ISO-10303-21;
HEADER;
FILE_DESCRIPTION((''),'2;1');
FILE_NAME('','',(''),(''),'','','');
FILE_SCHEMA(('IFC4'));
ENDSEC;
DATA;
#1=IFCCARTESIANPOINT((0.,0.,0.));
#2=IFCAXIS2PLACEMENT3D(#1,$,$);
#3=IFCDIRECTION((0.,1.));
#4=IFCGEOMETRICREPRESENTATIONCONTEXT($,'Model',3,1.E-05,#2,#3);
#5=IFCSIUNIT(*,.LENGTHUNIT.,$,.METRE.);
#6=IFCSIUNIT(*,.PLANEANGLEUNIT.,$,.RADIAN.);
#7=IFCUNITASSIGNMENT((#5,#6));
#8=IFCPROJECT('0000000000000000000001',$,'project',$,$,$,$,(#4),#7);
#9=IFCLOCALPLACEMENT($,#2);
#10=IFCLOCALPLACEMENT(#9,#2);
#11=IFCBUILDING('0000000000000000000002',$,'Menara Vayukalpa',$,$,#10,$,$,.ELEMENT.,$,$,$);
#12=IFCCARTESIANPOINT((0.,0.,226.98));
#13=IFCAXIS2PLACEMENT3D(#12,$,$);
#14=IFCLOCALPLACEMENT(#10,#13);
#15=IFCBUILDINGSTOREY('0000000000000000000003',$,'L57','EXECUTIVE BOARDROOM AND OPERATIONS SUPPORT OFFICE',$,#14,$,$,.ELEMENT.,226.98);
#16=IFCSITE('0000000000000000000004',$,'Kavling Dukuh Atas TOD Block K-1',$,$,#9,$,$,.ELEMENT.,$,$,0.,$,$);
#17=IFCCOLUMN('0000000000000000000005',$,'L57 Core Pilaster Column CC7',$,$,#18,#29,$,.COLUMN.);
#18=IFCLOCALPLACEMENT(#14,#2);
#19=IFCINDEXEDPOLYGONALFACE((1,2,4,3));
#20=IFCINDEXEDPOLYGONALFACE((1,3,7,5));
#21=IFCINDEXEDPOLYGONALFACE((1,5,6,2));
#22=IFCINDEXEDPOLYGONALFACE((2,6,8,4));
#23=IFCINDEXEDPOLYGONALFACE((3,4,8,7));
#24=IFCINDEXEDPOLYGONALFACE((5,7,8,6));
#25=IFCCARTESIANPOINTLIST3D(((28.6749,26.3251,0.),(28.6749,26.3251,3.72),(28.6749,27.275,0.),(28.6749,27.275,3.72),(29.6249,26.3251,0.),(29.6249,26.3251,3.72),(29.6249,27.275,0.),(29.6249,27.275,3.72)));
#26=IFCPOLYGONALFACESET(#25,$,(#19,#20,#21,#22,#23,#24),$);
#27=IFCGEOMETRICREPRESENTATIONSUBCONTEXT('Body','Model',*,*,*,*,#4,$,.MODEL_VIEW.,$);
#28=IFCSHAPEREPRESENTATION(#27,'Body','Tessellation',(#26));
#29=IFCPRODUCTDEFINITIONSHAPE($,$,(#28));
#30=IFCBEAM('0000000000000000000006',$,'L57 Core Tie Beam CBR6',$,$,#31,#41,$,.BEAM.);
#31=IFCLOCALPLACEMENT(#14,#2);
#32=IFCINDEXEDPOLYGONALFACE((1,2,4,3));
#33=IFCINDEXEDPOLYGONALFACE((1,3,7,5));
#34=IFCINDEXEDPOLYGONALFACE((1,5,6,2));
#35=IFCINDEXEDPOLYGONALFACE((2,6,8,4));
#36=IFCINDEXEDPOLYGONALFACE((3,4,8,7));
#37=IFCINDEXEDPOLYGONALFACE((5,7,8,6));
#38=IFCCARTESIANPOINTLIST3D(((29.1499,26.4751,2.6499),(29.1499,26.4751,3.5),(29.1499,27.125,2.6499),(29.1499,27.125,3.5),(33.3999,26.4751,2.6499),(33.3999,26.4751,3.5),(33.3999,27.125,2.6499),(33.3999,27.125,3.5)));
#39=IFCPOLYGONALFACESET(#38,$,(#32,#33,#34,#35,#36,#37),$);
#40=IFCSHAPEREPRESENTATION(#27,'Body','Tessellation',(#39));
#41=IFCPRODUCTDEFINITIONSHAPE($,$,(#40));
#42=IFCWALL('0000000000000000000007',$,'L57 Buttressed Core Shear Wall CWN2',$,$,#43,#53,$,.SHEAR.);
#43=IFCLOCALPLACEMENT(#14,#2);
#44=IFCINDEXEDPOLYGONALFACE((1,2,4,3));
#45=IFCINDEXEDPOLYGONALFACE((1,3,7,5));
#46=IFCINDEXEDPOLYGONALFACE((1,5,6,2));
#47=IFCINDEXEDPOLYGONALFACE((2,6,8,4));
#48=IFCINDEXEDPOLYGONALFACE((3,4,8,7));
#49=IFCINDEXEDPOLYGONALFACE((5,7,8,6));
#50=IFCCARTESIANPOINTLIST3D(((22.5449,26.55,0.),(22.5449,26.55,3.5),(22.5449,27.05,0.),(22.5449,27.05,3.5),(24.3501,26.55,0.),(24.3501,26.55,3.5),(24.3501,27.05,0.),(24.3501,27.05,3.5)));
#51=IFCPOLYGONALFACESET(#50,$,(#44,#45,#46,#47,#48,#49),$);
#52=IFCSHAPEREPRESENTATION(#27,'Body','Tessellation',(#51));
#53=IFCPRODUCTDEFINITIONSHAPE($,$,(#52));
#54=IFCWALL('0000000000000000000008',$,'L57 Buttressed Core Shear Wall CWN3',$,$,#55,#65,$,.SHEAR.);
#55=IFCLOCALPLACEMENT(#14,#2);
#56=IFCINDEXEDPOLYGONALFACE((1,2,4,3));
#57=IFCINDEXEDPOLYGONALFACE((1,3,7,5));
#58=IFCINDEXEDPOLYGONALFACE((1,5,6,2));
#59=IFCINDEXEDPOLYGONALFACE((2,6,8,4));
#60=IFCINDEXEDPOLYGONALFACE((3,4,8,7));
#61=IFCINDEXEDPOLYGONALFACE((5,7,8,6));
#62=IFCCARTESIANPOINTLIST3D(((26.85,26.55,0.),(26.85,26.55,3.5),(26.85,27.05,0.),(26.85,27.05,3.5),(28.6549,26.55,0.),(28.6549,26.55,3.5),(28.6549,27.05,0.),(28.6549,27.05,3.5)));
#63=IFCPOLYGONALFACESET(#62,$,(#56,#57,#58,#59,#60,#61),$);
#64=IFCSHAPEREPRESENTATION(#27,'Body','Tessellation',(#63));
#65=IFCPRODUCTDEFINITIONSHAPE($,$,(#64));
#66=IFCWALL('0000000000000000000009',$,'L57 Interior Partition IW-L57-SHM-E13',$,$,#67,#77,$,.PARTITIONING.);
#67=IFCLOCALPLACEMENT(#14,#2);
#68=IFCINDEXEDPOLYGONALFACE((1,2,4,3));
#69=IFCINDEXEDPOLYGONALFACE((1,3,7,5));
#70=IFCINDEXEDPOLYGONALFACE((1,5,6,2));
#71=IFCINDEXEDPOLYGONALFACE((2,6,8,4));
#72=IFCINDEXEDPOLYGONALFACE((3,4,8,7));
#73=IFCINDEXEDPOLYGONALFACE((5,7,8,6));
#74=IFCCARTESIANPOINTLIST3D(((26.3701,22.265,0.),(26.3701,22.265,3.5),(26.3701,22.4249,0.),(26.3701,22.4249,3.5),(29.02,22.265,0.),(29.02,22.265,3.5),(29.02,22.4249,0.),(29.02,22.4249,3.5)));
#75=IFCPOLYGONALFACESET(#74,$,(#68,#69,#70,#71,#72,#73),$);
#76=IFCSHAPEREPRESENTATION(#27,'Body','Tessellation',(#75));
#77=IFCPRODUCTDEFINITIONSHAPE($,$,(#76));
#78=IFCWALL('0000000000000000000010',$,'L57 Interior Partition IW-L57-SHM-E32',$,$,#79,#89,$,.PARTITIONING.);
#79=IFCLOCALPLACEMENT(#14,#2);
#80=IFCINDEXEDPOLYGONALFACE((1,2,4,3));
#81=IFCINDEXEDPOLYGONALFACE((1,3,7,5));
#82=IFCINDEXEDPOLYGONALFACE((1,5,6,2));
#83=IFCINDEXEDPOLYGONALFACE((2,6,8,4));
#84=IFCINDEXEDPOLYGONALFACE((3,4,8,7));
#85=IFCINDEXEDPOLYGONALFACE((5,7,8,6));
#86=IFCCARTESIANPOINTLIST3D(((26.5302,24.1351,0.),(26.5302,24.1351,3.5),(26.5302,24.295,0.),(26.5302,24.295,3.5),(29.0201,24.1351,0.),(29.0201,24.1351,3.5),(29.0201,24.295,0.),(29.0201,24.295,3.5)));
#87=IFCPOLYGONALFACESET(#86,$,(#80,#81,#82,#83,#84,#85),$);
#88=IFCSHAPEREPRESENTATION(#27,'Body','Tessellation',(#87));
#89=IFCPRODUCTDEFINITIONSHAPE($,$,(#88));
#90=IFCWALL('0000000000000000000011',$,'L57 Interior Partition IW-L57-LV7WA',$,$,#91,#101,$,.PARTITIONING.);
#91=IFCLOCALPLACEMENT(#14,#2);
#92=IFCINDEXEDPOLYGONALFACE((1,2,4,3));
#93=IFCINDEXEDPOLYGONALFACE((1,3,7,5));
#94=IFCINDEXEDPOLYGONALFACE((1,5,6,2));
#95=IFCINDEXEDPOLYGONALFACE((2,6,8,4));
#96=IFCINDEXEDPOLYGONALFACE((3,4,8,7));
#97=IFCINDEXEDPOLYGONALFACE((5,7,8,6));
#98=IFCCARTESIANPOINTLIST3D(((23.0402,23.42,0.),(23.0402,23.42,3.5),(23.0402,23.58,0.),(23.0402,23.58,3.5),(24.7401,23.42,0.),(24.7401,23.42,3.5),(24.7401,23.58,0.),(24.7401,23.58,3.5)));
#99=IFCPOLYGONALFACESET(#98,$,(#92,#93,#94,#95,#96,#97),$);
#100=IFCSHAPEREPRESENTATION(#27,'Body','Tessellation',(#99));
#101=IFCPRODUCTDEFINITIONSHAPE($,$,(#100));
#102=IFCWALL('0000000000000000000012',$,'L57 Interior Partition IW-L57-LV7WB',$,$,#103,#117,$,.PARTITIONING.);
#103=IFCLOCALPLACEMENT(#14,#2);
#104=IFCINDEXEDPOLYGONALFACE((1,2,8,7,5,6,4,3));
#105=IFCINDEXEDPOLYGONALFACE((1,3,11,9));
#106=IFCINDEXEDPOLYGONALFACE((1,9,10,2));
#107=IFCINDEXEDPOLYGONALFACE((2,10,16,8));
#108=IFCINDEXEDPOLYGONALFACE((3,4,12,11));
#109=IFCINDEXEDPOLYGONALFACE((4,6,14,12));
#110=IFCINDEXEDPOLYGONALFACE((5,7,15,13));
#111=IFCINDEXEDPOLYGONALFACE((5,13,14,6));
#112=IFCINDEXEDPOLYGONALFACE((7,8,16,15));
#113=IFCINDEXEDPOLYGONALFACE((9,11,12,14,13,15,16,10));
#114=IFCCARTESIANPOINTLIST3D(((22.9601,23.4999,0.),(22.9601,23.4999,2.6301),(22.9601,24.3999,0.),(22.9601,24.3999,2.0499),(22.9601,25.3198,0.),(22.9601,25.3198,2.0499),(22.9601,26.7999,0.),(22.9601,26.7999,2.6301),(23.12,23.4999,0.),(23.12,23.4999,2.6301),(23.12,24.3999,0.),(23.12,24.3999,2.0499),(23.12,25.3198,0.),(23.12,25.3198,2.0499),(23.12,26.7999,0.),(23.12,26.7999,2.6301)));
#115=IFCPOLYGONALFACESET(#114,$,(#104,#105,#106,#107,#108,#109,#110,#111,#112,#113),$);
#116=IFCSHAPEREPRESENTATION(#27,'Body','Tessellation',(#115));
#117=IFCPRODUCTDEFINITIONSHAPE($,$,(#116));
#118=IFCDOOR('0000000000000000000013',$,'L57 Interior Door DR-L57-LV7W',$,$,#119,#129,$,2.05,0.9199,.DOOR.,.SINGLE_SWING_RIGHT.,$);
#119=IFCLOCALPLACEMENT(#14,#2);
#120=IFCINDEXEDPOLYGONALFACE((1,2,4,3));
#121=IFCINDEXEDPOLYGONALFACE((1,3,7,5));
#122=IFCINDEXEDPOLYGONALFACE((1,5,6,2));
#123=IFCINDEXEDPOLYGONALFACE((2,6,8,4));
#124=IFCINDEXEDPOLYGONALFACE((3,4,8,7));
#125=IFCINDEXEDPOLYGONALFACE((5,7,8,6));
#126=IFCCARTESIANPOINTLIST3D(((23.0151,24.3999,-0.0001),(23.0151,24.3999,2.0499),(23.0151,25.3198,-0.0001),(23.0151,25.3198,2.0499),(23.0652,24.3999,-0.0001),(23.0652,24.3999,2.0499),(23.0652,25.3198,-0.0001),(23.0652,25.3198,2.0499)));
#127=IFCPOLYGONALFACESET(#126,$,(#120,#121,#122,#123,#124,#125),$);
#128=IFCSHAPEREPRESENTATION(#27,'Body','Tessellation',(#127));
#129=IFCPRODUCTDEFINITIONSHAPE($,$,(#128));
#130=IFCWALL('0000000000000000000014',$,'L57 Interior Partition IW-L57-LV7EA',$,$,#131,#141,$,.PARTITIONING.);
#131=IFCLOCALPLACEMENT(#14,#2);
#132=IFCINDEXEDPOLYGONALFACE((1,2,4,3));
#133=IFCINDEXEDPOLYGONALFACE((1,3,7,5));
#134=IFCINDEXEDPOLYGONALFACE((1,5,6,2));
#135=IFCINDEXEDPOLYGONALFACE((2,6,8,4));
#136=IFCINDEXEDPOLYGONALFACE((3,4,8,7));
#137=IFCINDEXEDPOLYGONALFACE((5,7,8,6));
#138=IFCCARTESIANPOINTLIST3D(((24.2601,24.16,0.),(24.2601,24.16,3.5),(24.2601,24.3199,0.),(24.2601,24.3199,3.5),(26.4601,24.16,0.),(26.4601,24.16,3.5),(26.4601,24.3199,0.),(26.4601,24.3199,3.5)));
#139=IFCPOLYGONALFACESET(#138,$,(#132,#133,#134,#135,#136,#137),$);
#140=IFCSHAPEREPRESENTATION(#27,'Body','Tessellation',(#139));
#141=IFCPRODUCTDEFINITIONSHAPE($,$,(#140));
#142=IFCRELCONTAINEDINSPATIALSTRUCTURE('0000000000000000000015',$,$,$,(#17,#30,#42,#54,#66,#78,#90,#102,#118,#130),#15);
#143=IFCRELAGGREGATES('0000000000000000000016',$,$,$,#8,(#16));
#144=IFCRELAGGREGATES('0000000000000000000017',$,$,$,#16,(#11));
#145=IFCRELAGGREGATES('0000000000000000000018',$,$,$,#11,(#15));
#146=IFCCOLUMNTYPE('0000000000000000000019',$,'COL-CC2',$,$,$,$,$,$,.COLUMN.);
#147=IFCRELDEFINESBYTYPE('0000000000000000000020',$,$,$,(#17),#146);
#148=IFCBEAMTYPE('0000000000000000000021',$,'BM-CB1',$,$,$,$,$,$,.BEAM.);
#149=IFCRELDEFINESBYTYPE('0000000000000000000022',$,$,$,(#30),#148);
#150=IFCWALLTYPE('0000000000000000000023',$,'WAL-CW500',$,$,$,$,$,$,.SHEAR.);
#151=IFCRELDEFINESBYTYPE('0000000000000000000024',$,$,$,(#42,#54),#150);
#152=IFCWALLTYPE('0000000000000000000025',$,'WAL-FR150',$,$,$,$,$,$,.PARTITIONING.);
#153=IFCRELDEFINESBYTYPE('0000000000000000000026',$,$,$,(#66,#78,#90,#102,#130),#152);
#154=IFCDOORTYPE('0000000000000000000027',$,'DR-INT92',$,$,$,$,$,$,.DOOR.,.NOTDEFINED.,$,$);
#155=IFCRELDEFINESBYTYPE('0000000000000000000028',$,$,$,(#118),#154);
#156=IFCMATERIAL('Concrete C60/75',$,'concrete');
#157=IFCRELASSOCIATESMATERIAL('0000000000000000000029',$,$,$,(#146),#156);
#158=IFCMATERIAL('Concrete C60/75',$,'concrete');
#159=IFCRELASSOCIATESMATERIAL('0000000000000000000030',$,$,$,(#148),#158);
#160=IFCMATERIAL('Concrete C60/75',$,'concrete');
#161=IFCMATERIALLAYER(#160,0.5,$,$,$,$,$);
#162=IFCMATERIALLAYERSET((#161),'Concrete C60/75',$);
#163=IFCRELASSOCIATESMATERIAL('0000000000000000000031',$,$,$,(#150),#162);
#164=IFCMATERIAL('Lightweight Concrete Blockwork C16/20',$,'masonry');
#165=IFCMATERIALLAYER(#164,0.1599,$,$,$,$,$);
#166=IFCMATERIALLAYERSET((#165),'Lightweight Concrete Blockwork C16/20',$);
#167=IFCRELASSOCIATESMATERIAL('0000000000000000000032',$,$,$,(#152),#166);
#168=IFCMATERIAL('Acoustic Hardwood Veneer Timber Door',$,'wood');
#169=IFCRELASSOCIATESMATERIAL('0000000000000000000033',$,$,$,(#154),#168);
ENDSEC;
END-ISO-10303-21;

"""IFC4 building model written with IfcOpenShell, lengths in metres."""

from ifc_helpers import new_model, si_unit, direction, frame, frame_2d, origin, origin_2d, place, context, subcontext, project, spatial, rectangle, extrude, material, layer, layer_set, material_profile, profile_set, type_object, element, fill, save


model = new_model("IFC4")

# Units and contexts
model_context = context("Model", 3, precision=1e-05, world=origin(), true_north=direction((0.0, 1.0)))
body_context = subcontext(model_context, "Body", "Model", "MODEL_VIEW")
ifc_project = project(units=[si_unit("LENGTHUNIT", "METRE"), si_unit("PLANEANGLEUNIT", "RADIAN")], contexts=[model_context])

# Site, building, storey
site_placement = place(None, origin())
site = spatial("IfcSite", under=ifc_project, at=site_placement, Name="Kavling Dukuh Atas TOD Block K-1", CompositionType="ELEMENT", RefElevation=0.0)
building_placement = place(site_placement, origin())
building = spatial("IfcBuilding", under=site, at=building_placement, Name="Menara Vayukalpa", CompositionType="ELEMENT")
storey_placement = place(building_placement, frame((0.0, 0.0, 226.98)))
storey = spatial("IfcBuildingStorey", under=building, at=storey_placement, Name="L57", Description="EXECUTIVE BOARDROOM AND OPERATIONS SUPPORT OFFICE", CompositionType="ELEMENT", Elevation=226.98)

# Column
ifc_material_1 = material(Name="Concrete C60/75", Category="concrete")
ifc_material_profile_1 = material_profile(ifc_material_1, rectangle(XDim=0.95, YDim=0.95, at=origin_2d()), Name="RC 950x950")
ifc_profile_set_1 = profile_set([ifc_material_profile_1], Name="Concrete C60/75")
column_type = type_object("IfcColumnType", Name="COL-CC2", PredefinedType="COLUMN", material=ifc_profile_set_1)
column_placement = place(storey_placement, frame((29.1499, 26.8, 0.0), z_axis=(0.0, 0.0, 1.0), x_axis=(1.0, 0.0, 0.0)))
element("IfcColumn", 1, at=column_placement, inside=storey, type_object=column_type, Name="L57 Core Pilaster Column CC7", PredefinedType="COLUMN", context=body_context, shape_type="SweptSolid", body=[
    extrude(rectangle(XDim=0.95, YDim=0.95, at=origin_2d()), origin(), (0.0, 0.0, 1.0), 3.72),
])

# Beam
ifc_material_2 = material(Name="Concrete C60/75", Category="concrete")
ifc_material_profile_2 = material_profile(ifc_material_2, rectangle(XDim=0.6499, YDim=0.8501, at=origin_2d()), Name="RC 650x850")
ifc_profile_set_2 = profile_set([ifc_material_profile_2], Name="Concrete C60/75")
beam_type = type_object("IfcBeamType", Name="BM-CB1", PredefinedType="BEAM", material=ifc_profile_set_2)
beam_placement = place(storey_placement, frame((29.1499, 26.8, 3.075), z_axis=(1.0, 0.0, 0.0), x_axis=(0.0, 1.0, 0.0)))
element("IfcBeam", 2, at=beam_placement, inside=storey, type_object=beam_type, Name="L57 Core Tie Beam CBR6", PredefinedType="BEAM", context=body_context, shape_type="SweptSolid", body=[
    extrude(rectangle(XDim=0.6499, YDim=0.8501, at=origin_2d()), origin(), (0.0, 0.0, 1.0), 4.25),
])

# Walls
ifc_material_3 = material(Name="Concrete C60/75", Category="concrete")
ifc_layer_1 = layer(ifc_material_3, 0.5)
ifc_layer_set_1 = layer_set([ifc_layer_1], Name="Concrete C60/75")
wall_type_1 = type_object("IfcWallType", Name="WAL-CW500", PredefinedType="SHEAR", material=ifc_layer_set_1)
wall_1_placement = place(storey_placement, frame((22.5449, 26.8, 0.0), z_axis=(0.0, 0.0, 1.0), x_axis=(1.0, 0.0, 0.0)))
element("IfcWall", 3, at=wall_1_placement, inside=storey, type_object=wall_type_1, Name="L57 Buttressed Core Shear Wall CWN2", PredefinedType="SHEAR", context=body_context, shape_type="SweptSolid", body=[
    extrude(rectangle(XDim=1.8052, YDim=0.5, at=frame_2d((0.9026, 0.0))), origin(), (0.0, 0.0, 1.0), 3.5),
])
wall_2_placement = place(storey_placement, frame((26.8501, 26.8, 0.0), z_axis=(0.0, 0.0, 1.0), x_axis=(1.0, 0.0, 0.0)))
element("IfcWall", 4, at=wall_2_placement, inside=storey, type_object=wall_type_1, Name="L57 Buttressed Core Shear Wall CWN3", PredefinedType="SHEAR", context=body_context, shape_type="SweptSolid", body=[
    extrude(rectangle(XDim=1.8049, YDim=0.5, at=frame_2d((0.9023, 0.0))), origin(), (0.0, 0.0, 1.0), 3.5),
])
ifc_material_4 = material(Name="Lightweight Concrete Blockwork C16/20", Category="masonry")
ifc_layer_2 = layer(ifc_material_4, 0.1599)
ifc_layer_set_2 = layer_set([ifc_layer_2], Name="Lightweight Concrete Blockwork C16/20")
wall_type_2 = type_object("IfcWallType", Name="WAL-FR150", PredefinedType="PARTITIONING", material=ifc_layer_set_2)
wall_3_placement = place(storey_placement, frame((26.3701, 22.345, 0.0), z_axis=(0.0, 0.0, 1.0), x_axis=(1.0, 0.0, 0.0)))
element("IfcWall", 5, at=wall_3_placement, inside=storey, type_object=wall_type_2, Name="L57 Interior Partition IW-L57-SHM-E13", PredefinedType="PARTITIONING", context=body_context, shape_type="SweptSolid", body=[
    extrude(rectangle(XDim=2.6499, YDim=0.1599, at=frame_2d((1.325, 0.0))), origin(), (0.0, 0.0, 1.0), 3.5),
])
wall_4_placement = place(storey_placement, frame((26.53, 24.2151, 0.0), z_axis=(0.0, 0.0, 1.0), x_axis=(1.0, 0.0, 0.0)))
element("IfcWall", 6, at=wall_4_placement, inside=storey, type_object=wall_type_2, Name="L57 Interior Partition IW-L57-SHM-E32", PredefinedType="PARTITIONING", context=body_context, shape_type="SweptSolid", body=[
    extrude(rectangle(XDim=2.49, YDim=0.1599, at=frame_2d((1.2451, 0.0))), origin(), (0.0, 0.0, 1.0), 3.5),
])
wall_5_placement = place(storey_placement, frame((23.04, 23.5, 0.0), z_axis=(0.0, 0.0, 1.0), x_axis=(1.0, 0.0, 0.0)))
element("IfcWall", 7, at=wall_5_placement, inside=storey, type_object=wall_type_2, Name="L57 Interior Partition IW-L57-LV7WA", PredefinedType="PARTITIONING", context=body_context, shape_type="SweptSolid", body=[
    extrude(rectangle(XDim=1.7, YDim=0.1599, at=frame_2d((0.8501, 0.0))), origin(), (0.0, 0.0, 1.0), 3.5),
])

# Wall, opening, door
wall_6_placement = place(storey_placement, frame((23.04, 23.5, 0.0), z_axis=(0.0, 0.0, 1.0), x_axis=(0.0, 1.0, 0.0)))
wall_6 = element("IfcWall", 8, at=wall_6_placement, inside=storey, type_object=wall_type_2, Name="L57 Interior Partition IW-L57-LV7WB", PredefinedType="PARTITIONING", context=body_context, shape_type="SweptSolid", body=[
    extrude(rectangle(XDim=3.3, YDim=0.1599, at=frame_2d((1.6499, 0.0))), origin(), (0.0, 0.0, 1.0), 2.6301),
])
opening_1_placement = place(wall_6_placement, frame((0.8999, 0.0, 0.0)))
opening_1 = element("IfcOpeningElement", 9, at=opening_1_placement, cuts=wall_6, PredefinedType="OPENING", context=body_context, shape_type="SweptSolid", body=[
    extrude(rectangle(XDim=0.9199, YDim=2.05, at=frame_2d((0.46, 1.0249))), frame((0.0, 0.0898, 0.0), z_axis=(0.0, -1.0, 0.0), x_axis=(1.0, 0.0, 0.0)), (0.0, 0.0, 1.0), 0.1799),
])
ifc_material_5 = material(Name="Acoustic Hardwood Veneer Timber Door", Category="wood")
door_type_1 = type_object("IfcDoorType", Name="DR-INT92", OperationType="NOTDEFINED", PredefinedType="DOOR", material=ifc_material_5)
door_1_placement = place(opening_1_placement, origin())
door_1 = element("IfcDoor", 10, at=door_1_placement, inside=storey, type_object=door_type_1, Name="L57 Interior Door DR-L57-LV7W", OperationType="SINGLE_SWING_RIGHT", OverallHeight=2.05, OverallWidth=0.9199, PredefinedType="DOOR", context=body_context, shape_type="SweptSolid", body=[
    extrude(rectangle(XDim=0.9199, YDim=2.05, at=frame_2d((0.46, 1.0249))), frame((0.0, 0.0249, 0.0), z_axis=(0.0, -1.0, 0.0), x_axis=(1.0, 0.0, 0.0)), (0.0, 0.0, 1.0), 0.05),
])
fill(opening_1, door_1)

# Wall
wall_7_placement = place(storey_placement, frame((24.26, 24.24, 0.0), z_axis=(0.0, 0.0, 1.0), x_axis=(1.0, 0.0, 0.0)))
element("IfcWall", 11, at=wall_7_placement, inside=storey, type_object=wall_type_2, Name="L57 Interior Partition IW-L57-LV7EA", PredefinedType="PARTITIONING", context=body_context, shape_type="SweptSolid", body=[
    extrude(rectangle(XDim=2.2, YDim=0.1599, at=frame_2d((1.1001, 0.0))), origin(), (0.0, 0.0, 1.0), 3.5),
])

save(model, "model.ifc")
